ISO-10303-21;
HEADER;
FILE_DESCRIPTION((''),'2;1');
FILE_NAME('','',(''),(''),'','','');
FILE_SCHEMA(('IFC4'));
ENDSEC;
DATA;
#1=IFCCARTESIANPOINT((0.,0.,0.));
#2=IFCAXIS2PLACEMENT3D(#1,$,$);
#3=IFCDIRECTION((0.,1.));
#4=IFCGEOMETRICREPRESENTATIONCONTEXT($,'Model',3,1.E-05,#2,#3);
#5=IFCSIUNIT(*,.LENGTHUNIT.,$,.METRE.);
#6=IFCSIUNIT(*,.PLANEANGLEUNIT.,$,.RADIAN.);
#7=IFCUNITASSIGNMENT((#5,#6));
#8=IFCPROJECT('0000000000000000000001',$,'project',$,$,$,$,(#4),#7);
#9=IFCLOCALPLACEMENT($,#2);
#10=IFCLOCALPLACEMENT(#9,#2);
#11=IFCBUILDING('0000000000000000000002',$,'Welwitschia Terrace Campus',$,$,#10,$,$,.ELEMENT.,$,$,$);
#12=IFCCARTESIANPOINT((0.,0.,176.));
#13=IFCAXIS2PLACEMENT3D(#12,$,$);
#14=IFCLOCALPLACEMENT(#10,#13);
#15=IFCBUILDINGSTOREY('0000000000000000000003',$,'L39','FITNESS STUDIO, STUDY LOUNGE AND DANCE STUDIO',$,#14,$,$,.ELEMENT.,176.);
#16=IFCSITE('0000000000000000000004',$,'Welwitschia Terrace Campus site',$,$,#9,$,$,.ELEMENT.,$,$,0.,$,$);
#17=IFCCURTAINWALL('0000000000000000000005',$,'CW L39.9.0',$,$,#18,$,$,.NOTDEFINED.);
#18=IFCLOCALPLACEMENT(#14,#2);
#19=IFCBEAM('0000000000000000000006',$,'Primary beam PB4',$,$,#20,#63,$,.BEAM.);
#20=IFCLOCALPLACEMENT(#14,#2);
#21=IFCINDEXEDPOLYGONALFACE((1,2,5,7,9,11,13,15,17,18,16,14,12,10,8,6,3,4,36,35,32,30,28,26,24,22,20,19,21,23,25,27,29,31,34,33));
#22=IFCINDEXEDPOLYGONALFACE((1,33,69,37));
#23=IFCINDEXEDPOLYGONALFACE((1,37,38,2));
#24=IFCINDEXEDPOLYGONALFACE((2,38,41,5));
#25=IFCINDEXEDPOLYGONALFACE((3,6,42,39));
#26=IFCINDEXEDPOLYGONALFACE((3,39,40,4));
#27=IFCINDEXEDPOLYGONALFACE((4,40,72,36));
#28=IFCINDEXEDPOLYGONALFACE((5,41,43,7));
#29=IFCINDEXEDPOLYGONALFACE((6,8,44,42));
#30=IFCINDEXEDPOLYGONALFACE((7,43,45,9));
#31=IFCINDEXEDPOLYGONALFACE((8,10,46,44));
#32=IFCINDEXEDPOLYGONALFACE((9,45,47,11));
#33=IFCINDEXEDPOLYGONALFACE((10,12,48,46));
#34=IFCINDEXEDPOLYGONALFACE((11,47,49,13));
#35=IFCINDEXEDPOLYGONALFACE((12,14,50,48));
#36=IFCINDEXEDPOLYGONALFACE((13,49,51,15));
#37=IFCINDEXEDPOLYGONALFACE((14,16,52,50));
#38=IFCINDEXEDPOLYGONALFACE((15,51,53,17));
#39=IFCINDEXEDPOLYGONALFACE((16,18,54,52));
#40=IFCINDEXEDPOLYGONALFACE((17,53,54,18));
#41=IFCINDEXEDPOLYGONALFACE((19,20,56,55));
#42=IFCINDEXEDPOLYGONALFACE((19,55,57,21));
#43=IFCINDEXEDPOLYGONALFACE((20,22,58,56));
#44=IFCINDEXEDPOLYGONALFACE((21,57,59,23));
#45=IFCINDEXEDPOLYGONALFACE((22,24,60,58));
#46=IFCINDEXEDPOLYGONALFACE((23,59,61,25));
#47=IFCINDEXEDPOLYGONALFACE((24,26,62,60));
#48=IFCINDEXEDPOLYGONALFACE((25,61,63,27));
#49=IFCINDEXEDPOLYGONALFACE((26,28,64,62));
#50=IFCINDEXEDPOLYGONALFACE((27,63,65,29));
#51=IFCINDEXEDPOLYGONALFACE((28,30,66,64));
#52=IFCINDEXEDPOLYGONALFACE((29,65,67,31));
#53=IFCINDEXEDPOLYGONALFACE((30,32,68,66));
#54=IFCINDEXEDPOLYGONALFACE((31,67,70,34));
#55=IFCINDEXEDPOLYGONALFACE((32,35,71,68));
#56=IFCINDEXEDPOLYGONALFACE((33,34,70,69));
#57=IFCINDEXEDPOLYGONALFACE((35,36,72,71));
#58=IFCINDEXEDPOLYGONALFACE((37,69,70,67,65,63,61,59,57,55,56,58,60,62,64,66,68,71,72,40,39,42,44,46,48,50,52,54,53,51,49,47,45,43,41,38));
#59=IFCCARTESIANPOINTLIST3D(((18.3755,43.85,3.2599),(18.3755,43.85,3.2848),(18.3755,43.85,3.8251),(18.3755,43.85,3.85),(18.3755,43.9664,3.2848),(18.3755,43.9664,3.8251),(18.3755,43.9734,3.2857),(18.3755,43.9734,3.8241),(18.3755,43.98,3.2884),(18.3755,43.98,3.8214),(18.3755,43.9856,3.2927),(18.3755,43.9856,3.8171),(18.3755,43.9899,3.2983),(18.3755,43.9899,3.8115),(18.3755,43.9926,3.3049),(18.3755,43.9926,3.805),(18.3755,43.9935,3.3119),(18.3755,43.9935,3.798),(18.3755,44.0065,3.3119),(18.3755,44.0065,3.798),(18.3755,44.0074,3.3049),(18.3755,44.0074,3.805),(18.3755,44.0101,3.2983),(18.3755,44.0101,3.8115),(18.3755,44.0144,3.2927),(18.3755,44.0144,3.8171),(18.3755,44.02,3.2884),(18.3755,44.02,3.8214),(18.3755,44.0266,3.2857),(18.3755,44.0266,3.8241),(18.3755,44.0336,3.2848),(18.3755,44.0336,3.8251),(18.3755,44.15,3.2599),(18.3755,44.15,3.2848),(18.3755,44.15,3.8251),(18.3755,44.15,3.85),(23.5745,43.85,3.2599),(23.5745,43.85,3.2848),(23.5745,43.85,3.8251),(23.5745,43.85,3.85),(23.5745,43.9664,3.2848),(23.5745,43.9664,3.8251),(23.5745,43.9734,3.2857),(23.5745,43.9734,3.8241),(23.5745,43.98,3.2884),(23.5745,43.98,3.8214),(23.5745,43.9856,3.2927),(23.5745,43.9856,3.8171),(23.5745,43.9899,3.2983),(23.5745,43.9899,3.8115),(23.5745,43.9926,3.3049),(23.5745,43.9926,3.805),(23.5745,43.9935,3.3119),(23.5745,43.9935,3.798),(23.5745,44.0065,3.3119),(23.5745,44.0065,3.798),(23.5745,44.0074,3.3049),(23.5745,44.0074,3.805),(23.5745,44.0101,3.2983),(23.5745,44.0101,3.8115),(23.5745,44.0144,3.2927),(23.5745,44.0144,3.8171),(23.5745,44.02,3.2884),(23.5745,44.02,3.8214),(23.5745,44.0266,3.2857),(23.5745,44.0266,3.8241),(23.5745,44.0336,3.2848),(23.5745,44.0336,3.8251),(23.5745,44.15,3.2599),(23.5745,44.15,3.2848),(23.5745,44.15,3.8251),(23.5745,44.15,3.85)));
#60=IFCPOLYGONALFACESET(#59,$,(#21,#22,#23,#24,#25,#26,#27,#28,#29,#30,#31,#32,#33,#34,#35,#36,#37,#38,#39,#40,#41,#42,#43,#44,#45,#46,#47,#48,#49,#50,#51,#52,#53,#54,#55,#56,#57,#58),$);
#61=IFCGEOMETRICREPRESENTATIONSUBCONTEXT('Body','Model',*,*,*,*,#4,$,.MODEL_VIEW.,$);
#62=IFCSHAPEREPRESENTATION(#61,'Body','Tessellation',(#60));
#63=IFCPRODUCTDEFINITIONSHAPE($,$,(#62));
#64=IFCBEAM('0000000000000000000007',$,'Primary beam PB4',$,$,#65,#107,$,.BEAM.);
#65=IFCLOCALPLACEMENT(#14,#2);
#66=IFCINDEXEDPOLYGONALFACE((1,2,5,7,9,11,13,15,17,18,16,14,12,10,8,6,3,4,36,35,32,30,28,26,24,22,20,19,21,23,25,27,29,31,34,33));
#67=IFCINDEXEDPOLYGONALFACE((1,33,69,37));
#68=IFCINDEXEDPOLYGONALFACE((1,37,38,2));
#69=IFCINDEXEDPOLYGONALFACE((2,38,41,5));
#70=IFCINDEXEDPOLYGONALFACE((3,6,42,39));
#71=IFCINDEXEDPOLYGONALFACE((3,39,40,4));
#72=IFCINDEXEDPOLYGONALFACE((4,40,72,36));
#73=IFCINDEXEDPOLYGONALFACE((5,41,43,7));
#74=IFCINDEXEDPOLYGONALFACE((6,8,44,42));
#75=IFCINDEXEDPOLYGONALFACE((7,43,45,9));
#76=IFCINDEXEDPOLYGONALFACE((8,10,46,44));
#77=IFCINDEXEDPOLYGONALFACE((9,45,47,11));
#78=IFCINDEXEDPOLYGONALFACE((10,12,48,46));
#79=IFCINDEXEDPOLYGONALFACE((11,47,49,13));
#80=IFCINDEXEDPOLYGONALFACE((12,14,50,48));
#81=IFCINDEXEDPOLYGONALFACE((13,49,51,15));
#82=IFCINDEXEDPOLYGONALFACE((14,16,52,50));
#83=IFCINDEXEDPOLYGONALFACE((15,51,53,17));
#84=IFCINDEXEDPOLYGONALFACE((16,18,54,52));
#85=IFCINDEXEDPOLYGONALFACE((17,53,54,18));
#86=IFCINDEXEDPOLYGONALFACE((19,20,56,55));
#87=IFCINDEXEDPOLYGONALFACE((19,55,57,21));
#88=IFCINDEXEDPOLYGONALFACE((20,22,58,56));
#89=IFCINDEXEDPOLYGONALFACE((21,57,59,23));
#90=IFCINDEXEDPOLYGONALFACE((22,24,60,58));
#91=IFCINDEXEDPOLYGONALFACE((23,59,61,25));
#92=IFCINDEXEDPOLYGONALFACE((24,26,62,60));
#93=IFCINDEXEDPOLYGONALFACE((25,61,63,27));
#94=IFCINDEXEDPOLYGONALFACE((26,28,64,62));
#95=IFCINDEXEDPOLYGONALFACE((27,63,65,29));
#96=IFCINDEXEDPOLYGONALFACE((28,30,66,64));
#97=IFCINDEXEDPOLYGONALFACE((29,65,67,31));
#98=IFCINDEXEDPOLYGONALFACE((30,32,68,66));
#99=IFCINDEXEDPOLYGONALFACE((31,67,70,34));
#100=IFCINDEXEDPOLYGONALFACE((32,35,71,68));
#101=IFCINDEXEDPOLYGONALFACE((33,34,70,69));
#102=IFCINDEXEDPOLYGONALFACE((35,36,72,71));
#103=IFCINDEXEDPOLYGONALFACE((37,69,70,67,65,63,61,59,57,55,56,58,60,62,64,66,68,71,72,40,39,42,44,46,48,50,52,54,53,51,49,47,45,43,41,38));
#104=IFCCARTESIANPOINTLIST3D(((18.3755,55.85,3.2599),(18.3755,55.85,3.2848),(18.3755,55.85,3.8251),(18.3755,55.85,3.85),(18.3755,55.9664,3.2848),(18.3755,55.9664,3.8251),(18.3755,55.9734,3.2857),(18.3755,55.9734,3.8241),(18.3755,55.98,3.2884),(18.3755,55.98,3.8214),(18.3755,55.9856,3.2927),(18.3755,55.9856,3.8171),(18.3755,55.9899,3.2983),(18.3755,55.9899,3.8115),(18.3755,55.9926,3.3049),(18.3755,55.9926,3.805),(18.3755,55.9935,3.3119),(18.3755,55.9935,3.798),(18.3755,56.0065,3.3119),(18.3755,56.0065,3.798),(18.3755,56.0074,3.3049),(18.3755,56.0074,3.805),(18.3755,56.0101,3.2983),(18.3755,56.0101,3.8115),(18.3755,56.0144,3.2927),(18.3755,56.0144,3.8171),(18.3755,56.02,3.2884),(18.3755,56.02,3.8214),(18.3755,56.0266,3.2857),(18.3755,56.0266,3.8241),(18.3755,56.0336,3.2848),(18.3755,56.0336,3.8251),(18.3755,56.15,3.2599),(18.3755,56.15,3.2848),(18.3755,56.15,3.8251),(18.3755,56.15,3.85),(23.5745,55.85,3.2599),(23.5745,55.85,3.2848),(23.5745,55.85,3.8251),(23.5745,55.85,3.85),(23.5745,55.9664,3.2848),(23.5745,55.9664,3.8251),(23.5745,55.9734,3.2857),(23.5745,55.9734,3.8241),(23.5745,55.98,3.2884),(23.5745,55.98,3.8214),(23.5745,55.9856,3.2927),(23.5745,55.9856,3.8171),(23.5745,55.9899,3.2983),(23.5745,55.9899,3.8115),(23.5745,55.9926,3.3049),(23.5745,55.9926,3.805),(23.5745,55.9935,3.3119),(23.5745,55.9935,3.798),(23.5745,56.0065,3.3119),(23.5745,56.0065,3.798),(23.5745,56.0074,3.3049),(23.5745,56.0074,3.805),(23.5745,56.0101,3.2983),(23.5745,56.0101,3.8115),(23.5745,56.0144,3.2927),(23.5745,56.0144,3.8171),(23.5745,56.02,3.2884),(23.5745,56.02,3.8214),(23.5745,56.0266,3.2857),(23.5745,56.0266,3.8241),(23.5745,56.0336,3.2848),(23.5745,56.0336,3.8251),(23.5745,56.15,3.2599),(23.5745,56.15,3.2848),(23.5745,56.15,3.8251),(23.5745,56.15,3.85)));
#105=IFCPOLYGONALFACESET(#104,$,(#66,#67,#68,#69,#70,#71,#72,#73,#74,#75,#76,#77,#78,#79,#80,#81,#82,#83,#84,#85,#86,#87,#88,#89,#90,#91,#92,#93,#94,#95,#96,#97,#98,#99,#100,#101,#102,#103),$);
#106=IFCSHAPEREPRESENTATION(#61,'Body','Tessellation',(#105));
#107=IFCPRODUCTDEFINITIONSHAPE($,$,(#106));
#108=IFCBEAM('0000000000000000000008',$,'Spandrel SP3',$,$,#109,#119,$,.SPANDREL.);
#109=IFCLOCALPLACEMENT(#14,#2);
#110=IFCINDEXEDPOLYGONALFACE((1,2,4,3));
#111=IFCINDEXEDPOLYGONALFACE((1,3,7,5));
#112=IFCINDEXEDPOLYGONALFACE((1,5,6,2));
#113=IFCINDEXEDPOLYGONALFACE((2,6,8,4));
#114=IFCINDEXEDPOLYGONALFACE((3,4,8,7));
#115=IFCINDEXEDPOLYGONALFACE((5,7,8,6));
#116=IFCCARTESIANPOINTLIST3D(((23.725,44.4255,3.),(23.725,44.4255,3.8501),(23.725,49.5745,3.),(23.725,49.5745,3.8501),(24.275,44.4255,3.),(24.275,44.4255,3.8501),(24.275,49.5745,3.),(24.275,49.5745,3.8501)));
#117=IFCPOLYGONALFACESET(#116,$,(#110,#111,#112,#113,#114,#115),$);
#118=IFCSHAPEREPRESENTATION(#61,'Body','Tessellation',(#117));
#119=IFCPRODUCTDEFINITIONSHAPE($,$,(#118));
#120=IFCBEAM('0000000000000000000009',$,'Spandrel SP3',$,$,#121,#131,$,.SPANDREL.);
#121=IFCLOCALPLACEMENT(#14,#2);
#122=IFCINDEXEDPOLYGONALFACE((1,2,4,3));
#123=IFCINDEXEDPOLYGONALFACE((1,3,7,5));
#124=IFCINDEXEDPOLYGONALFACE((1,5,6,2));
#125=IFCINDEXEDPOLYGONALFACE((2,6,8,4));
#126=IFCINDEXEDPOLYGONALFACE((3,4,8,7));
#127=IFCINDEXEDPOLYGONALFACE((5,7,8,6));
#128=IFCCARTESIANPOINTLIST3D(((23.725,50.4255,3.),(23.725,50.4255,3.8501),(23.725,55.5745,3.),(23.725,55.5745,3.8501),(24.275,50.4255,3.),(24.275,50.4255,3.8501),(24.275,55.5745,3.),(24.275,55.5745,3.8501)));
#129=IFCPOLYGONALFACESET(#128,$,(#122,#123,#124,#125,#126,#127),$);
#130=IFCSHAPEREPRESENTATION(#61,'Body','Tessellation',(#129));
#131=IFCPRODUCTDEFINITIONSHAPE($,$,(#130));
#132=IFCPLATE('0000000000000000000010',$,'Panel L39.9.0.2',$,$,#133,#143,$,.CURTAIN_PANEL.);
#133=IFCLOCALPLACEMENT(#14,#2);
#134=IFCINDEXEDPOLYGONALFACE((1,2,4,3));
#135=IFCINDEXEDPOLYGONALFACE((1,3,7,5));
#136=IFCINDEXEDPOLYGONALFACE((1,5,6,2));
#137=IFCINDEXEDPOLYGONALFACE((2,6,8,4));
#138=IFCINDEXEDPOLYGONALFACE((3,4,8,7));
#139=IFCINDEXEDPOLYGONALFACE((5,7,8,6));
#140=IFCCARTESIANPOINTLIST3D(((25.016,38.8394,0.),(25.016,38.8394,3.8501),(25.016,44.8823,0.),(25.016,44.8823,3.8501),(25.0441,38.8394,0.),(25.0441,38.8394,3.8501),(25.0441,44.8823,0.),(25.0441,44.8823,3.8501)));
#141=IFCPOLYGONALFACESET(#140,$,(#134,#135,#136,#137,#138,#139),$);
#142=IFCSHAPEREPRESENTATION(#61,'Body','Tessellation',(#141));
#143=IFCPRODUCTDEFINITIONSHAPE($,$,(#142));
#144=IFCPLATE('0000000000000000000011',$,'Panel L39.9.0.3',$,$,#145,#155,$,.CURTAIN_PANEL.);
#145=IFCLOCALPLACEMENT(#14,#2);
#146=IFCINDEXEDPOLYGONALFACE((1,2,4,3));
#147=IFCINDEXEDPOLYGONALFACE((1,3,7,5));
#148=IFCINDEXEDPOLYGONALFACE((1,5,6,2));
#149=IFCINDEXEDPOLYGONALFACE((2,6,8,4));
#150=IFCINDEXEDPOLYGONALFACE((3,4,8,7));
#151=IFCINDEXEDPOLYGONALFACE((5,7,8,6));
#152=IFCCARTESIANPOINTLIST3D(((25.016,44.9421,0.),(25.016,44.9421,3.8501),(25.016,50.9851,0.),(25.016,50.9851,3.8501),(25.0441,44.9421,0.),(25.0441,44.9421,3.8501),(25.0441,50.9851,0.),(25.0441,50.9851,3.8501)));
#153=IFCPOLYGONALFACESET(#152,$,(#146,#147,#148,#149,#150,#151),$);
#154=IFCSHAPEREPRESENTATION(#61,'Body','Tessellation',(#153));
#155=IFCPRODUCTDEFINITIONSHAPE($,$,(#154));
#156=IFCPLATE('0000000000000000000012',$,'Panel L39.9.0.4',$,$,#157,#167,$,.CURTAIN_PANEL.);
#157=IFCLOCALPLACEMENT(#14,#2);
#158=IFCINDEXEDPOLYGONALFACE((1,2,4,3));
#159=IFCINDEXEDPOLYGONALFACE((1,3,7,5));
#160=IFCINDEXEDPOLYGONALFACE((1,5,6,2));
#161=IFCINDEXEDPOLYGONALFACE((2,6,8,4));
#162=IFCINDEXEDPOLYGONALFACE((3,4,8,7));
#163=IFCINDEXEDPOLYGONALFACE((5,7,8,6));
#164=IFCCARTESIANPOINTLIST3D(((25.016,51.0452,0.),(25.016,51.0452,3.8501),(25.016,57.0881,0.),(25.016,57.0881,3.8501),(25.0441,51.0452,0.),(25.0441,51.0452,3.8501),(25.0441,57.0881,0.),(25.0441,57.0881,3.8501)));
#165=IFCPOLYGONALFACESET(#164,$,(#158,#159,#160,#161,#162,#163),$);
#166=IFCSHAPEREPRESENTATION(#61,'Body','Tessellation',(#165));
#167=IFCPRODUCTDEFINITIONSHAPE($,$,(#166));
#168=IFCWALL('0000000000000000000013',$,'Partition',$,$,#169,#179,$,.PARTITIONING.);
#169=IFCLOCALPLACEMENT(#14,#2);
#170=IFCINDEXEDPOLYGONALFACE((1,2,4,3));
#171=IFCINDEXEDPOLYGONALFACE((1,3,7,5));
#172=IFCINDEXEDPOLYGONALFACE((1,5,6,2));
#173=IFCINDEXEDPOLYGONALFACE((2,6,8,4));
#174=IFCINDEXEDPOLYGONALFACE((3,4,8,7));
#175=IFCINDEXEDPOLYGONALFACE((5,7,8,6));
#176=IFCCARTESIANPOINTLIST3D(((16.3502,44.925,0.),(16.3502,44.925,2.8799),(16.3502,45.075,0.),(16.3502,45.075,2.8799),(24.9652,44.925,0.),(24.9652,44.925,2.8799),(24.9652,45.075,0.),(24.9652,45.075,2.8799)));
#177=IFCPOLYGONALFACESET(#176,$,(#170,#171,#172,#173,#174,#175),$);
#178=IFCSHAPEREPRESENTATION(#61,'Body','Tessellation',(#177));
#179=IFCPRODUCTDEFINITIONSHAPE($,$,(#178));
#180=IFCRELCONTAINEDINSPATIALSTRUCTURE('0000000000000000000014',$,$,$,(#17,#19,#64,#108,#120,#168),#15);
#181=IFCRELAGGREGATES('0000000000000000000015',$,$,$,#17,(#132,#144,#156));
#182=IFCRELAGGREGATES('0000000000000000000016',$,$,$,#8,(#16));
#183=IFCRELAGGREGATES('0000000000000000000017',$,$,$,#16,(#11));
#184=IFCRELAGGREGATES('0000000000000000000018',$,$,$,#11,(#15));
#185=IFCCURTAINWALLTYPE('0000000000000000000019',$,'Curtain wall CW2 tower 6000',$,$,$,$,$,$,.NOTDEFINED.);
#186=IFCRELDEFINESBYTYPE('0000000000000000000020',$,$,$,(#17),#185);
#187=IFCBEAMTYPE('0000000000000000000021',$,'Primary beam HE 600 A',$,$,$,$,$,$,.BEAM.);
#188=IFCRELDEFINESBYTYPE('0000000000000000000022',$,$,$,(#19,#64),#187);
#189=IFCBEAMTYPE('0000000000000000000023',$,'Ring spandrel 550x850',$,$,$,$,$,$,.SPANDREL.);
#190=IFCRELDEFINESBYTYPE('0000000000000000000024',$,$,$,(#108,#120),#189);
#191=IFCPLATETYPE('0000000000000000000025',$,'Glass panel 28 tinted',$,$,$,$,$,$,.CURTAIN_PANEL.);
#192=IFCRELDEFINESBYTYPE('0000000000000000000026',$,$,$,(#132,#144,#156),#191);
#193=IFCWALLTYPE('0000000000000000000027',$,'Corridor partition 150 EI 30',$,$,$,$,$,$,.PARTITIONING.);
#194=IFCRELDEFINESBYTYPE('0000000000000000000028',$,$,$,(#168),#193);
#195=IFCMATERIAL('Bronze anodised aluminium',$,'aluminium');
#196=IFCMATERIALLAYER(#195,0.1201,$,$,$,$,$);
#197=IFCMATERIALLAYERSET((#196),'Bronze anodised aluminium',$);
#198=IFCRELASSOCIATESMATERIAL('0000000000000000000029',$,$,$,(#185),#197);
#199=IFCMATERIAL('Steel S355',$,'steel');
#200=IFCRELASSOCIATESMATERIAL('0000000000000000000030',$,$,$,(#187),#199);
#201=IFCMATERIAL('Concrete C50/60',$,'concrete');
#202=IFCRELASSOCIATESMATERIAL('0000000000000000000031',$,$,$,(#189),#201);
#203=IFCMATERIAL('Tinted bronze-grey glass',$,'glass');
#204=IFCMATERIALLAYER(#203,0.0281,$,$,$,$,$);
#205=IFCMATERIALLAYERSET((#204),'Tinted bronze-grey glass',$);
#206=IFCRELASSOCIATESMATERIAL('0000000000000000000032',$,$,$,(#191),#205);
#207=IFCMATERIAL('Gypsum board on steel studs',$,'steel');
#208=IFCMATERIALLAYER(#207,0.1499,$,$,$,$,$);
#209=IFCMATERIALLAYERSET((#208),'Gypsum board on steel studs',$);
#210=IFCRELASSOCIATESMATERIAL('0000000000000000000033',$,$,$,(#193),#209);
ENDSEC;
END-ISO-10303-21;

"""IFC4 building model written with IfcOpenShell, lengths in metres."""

from ifc_helpers import new_model, si_unit, direction, frame, frame_2d, origin, origin_2d, place, context, subcontext, project, spatial, rectangle, i_section, extrude, material, layer, layer_set, material_profile, profile_set, type_object, element, aggregate, save


model = new_model("IFC4")

# Units and contexts
model_context = context("Model", 3, precision=1e-05, world=origin(), true_north=direction((0.0, 1.0)))
body_context = subcontext(model_context, "Body", "Model", "MODEL_VIEW")
ifc_project = project(units=[si_unit("LENGTHUNIT", "METRE"), si_unit("PLANEANGLEUNIT", "RADIAN")], contexts=[model_context])

# Site, building, storey
site_placement = place(None, origin())
site = spatial("IfcSite", under=ifc_project, at=site_placement, Name="Welwitschia Terrace Campus site", CompositionType="ELEMENT", RefElevation=0.0)
building_placement = place(site_placement, origin())
building = spatial("IfcBuilding", under=site, at=building_placement, Name="Welwitschia Terrace Campus", CompositionType="ELEMENT")
storey_placement = place(building_placement, frame((0.0, 0.0, 176.0)))
storey = spatial("IfcBuildingStorey", under=building, at=storey_placement, Name="L39", Description="FITNESS STUDIO, STUDY LOUNGE AND DANCE STUDIO", CompositionType="ELEMENT", Elevation=176.0)

# Curtain wall
ifc_material_1 = material(Name="Bronze anodised aluminium", Category="aluminium")
ifc_layer_1 = layer(ifc_material_1, 0.1201)
ifc_layer_set_1 = layer_set([ifc_layer_1], Name="Bronze anodised aluminium")
curtain_wall_type = type_object("IfcCurtainWallType", Name="Curtain wall CW2 tower 6000", PredefinedType="NOTDEFINED", material=ifc_layer_set_1)
curtain_wall_placement = place(storey_placement, origin())
curtain_wall = element("IfcCurtainWall", 1, at=curtain_wall_placement, inside=storey, type_object=curtain_wall_type, Name="CW L39.9.0", PredefinedType="NOTDEFINED")

# Beams
ifc_material_2 = material(Name="Steel S355", Category="steel")
ifc_material_profile_1 = material_profile(ifc_material_2, i_section(OverallWidth=0.3, OverallDepth=0.5901, WebThickness=0.0129, FlangeThickness=0.0249, FilletRadius=0.0271, at=origin_2d()))
ifc_profile_set_1 = profile_set([ifc_material_profile_1], Name="Steel S355")
beam_type_1 = type_object("IfcBeamType", Name="Primary beam HE 600 A", PredefinedType="BEAM", material=ifc_profile_set_1)
for number, where, z_axis, x_axis, name in (
    (2, (23.5745, 44.0, 3.5549), (-1.0, 0.0, 0.0), (0.0, -1.0, 0.0), "Primary beam PB4"),
    (3, (23.5745, 56.0, 3.5549), (-1.0, 0.0, 0.0), (0.0, -1.0, 0.0), "Primary beam PB4"),
):
    element("IfcBeam", number, at=place(storey_placement, frame(where, z_axis=z_axis, x_axis=x_axis)), inside=storey, type_object=beam_type_1, Name=name, PredefinedType="BEAM", context=body_context, shape_type="SweptSolid", body=[
        extrude(i_section(OverallWidth=0.3, OverallDepth=0.5901, WebThickness=0.0129, FlangeThickness=0.0249, FilletRadius=0.0271, at=origin_2d()), origin(), (0.0, 0.0, 1.0), 5.199),
    ])
ifc_material_3 = material(Name="Concrete C50/60", Category="concrete")
ifc_material_profile_2 = material_profile(ifc_material_3, rectangle(XDim=0.55, YDim=0.8501, at=origin_2d()))
ifc_profile_set_2 = profile_set([ifc_material_profile_2], Name="Concrete C50/60")
beam_type_2 = type_object("IfcBeamType", Name="Ring spandrel 550x850", PredefinedType="SPANDREL", material=ifc_profile_set_2)
for number, where, z_axis, x_axis, name in (
    (4, (24.0, 44.4255, 3.425), (0.0, 1.0, 0.0), (-1.0, 0.0, 0.0), "Spandrel SP3"),
    (5, (24.0, 50.4255, 3.425), (0.0, 1.0, 0.0), (-1.0, 0.0, 0.0), "Spandrel SP3"),
):
    element("IfcBeam", number, at=place(storey_placement, frame(where, z_axis=z_axis, x_axis=x_axis)), inside=storey, type_object=beam_type_2, Name=name, PredefinedType="SPANDREL", context=body_context, shape_type="SweptSolid", body=[
        extrude(rectangle(XDim=0.55, YDim=0.8501, at=origin_2d()), origin(), (0.0, 0.0, 1.0), 5.1489),
    ])

# Plates
ifc_material_4 = material(Name="Tinted bronze-grey glass", Category="glass")
ifc_layer_2 = layer(ifc_material_4, 0.0281)
ifc_layer_set_2 = layer_set([ifc_layer_2], Name="Tinted bronze-grey glass")
plate_type = type_object("IfcPlateType", Name="Glass panel 28 tinted", PredefinedType="CURTAIN_PANEL", material=ifc_layer_set_2)
plate_1_placement = place(storey_placement, frame((25.03, 41.8608, 0.0), z_axis=(0.0, 0.0, 1.0), x_axis=(0.0, 1.0, 0.0)))
plate_1 = element("IfcPlate", 6, at=plate_1_placement, type_object=plate_type, Name="Panel L39.9.0.2", PredefinedType="CURTAIN_PANEL", context=body_context, shape_type="SweptSolid", body=[
    extrude(rectangle(XDim=6.043, YDim=0.0281, at=origin_2d()), origin(), (0.0, 0.0, 1.0), 3.8501),
])
plate_2_placement = place(storey_placement, frame((25.03, 47.9636, 0.0), z_axis=(0.0, 0.0, 1.0), x_axis=(0.0, 1.0, 0.0)))
plate_2 = element("IfcPlate", 7, at=plate_2_placement, type_object=plate_type, Name="Panel L39.9.0.3", PredefinedType="CURTAIN_PANEL", context=body_context, shape_type="SweptSolid", body=[
    extrude(rectangle(XDim=6.043, YDim=0.0281, at=origin_2d()), origin(), (0.0, 0.0, 1.0), 3.8501),
])
plate_3_placement = place(storey_placement, frame((25.03, 54.0667, 0.0), z_axis=(0.0, 0.0, 1.0), x_axis=(0.0, 1.0, 0.0)))
plate_3 = element("IfcPlate", 8, at=plate_3_placement, type_object=plate_type, Name="Panel L39.9.0.4", PredefinedType="CURTAIN_PANEL", context=body_context, shape_type="SweptSolid", body=[
    extrude(rectangle(XDim=6.043, YDim=0.0281, at=origin_2d()), origin(), (0.0, 0.0, 1.0), 3.8501),
])
aggregate(curtain_wall, [plate_1, plate_2, plate_3])

# Wall
ifc_material_5 = material(Name="Gypsum board on steel studs", Category="steel")
ifc_layer_3 = layer(ifc_material_5, 0.1499)
ifc_layer_set_3 = layer_set([ifc_layer_3], Name="Gypsum board on steel studs")
wall_type = type_object("IfcWallType", Name="Corridor partition 150 EI 30", PredefinedType="PARTITIONING", material=ifc_layer_set_3)
wall_1_placement = place(storey_placement, frame((16.3501, 45.0, 0.0), z_axis=(0.0, 0.0, 1.0), x_axis=(1.0, 0.0, 0.0)))
element("IfcWall", 9, at=wall_1_placement, inside=storey, type_object=wall_type, Name="Partition", PredefinedType="PARTITIONING", context=body_context, shape_type="SweptSolid", body=[
    extrude(rectangle(XDim=8.615, YDim=0.1499, at=frame_2d((4.3076, 0.0))), origin(), (0.0, 0.0, 1.0), 2.8799),
])

save(model, "model.ifc")
